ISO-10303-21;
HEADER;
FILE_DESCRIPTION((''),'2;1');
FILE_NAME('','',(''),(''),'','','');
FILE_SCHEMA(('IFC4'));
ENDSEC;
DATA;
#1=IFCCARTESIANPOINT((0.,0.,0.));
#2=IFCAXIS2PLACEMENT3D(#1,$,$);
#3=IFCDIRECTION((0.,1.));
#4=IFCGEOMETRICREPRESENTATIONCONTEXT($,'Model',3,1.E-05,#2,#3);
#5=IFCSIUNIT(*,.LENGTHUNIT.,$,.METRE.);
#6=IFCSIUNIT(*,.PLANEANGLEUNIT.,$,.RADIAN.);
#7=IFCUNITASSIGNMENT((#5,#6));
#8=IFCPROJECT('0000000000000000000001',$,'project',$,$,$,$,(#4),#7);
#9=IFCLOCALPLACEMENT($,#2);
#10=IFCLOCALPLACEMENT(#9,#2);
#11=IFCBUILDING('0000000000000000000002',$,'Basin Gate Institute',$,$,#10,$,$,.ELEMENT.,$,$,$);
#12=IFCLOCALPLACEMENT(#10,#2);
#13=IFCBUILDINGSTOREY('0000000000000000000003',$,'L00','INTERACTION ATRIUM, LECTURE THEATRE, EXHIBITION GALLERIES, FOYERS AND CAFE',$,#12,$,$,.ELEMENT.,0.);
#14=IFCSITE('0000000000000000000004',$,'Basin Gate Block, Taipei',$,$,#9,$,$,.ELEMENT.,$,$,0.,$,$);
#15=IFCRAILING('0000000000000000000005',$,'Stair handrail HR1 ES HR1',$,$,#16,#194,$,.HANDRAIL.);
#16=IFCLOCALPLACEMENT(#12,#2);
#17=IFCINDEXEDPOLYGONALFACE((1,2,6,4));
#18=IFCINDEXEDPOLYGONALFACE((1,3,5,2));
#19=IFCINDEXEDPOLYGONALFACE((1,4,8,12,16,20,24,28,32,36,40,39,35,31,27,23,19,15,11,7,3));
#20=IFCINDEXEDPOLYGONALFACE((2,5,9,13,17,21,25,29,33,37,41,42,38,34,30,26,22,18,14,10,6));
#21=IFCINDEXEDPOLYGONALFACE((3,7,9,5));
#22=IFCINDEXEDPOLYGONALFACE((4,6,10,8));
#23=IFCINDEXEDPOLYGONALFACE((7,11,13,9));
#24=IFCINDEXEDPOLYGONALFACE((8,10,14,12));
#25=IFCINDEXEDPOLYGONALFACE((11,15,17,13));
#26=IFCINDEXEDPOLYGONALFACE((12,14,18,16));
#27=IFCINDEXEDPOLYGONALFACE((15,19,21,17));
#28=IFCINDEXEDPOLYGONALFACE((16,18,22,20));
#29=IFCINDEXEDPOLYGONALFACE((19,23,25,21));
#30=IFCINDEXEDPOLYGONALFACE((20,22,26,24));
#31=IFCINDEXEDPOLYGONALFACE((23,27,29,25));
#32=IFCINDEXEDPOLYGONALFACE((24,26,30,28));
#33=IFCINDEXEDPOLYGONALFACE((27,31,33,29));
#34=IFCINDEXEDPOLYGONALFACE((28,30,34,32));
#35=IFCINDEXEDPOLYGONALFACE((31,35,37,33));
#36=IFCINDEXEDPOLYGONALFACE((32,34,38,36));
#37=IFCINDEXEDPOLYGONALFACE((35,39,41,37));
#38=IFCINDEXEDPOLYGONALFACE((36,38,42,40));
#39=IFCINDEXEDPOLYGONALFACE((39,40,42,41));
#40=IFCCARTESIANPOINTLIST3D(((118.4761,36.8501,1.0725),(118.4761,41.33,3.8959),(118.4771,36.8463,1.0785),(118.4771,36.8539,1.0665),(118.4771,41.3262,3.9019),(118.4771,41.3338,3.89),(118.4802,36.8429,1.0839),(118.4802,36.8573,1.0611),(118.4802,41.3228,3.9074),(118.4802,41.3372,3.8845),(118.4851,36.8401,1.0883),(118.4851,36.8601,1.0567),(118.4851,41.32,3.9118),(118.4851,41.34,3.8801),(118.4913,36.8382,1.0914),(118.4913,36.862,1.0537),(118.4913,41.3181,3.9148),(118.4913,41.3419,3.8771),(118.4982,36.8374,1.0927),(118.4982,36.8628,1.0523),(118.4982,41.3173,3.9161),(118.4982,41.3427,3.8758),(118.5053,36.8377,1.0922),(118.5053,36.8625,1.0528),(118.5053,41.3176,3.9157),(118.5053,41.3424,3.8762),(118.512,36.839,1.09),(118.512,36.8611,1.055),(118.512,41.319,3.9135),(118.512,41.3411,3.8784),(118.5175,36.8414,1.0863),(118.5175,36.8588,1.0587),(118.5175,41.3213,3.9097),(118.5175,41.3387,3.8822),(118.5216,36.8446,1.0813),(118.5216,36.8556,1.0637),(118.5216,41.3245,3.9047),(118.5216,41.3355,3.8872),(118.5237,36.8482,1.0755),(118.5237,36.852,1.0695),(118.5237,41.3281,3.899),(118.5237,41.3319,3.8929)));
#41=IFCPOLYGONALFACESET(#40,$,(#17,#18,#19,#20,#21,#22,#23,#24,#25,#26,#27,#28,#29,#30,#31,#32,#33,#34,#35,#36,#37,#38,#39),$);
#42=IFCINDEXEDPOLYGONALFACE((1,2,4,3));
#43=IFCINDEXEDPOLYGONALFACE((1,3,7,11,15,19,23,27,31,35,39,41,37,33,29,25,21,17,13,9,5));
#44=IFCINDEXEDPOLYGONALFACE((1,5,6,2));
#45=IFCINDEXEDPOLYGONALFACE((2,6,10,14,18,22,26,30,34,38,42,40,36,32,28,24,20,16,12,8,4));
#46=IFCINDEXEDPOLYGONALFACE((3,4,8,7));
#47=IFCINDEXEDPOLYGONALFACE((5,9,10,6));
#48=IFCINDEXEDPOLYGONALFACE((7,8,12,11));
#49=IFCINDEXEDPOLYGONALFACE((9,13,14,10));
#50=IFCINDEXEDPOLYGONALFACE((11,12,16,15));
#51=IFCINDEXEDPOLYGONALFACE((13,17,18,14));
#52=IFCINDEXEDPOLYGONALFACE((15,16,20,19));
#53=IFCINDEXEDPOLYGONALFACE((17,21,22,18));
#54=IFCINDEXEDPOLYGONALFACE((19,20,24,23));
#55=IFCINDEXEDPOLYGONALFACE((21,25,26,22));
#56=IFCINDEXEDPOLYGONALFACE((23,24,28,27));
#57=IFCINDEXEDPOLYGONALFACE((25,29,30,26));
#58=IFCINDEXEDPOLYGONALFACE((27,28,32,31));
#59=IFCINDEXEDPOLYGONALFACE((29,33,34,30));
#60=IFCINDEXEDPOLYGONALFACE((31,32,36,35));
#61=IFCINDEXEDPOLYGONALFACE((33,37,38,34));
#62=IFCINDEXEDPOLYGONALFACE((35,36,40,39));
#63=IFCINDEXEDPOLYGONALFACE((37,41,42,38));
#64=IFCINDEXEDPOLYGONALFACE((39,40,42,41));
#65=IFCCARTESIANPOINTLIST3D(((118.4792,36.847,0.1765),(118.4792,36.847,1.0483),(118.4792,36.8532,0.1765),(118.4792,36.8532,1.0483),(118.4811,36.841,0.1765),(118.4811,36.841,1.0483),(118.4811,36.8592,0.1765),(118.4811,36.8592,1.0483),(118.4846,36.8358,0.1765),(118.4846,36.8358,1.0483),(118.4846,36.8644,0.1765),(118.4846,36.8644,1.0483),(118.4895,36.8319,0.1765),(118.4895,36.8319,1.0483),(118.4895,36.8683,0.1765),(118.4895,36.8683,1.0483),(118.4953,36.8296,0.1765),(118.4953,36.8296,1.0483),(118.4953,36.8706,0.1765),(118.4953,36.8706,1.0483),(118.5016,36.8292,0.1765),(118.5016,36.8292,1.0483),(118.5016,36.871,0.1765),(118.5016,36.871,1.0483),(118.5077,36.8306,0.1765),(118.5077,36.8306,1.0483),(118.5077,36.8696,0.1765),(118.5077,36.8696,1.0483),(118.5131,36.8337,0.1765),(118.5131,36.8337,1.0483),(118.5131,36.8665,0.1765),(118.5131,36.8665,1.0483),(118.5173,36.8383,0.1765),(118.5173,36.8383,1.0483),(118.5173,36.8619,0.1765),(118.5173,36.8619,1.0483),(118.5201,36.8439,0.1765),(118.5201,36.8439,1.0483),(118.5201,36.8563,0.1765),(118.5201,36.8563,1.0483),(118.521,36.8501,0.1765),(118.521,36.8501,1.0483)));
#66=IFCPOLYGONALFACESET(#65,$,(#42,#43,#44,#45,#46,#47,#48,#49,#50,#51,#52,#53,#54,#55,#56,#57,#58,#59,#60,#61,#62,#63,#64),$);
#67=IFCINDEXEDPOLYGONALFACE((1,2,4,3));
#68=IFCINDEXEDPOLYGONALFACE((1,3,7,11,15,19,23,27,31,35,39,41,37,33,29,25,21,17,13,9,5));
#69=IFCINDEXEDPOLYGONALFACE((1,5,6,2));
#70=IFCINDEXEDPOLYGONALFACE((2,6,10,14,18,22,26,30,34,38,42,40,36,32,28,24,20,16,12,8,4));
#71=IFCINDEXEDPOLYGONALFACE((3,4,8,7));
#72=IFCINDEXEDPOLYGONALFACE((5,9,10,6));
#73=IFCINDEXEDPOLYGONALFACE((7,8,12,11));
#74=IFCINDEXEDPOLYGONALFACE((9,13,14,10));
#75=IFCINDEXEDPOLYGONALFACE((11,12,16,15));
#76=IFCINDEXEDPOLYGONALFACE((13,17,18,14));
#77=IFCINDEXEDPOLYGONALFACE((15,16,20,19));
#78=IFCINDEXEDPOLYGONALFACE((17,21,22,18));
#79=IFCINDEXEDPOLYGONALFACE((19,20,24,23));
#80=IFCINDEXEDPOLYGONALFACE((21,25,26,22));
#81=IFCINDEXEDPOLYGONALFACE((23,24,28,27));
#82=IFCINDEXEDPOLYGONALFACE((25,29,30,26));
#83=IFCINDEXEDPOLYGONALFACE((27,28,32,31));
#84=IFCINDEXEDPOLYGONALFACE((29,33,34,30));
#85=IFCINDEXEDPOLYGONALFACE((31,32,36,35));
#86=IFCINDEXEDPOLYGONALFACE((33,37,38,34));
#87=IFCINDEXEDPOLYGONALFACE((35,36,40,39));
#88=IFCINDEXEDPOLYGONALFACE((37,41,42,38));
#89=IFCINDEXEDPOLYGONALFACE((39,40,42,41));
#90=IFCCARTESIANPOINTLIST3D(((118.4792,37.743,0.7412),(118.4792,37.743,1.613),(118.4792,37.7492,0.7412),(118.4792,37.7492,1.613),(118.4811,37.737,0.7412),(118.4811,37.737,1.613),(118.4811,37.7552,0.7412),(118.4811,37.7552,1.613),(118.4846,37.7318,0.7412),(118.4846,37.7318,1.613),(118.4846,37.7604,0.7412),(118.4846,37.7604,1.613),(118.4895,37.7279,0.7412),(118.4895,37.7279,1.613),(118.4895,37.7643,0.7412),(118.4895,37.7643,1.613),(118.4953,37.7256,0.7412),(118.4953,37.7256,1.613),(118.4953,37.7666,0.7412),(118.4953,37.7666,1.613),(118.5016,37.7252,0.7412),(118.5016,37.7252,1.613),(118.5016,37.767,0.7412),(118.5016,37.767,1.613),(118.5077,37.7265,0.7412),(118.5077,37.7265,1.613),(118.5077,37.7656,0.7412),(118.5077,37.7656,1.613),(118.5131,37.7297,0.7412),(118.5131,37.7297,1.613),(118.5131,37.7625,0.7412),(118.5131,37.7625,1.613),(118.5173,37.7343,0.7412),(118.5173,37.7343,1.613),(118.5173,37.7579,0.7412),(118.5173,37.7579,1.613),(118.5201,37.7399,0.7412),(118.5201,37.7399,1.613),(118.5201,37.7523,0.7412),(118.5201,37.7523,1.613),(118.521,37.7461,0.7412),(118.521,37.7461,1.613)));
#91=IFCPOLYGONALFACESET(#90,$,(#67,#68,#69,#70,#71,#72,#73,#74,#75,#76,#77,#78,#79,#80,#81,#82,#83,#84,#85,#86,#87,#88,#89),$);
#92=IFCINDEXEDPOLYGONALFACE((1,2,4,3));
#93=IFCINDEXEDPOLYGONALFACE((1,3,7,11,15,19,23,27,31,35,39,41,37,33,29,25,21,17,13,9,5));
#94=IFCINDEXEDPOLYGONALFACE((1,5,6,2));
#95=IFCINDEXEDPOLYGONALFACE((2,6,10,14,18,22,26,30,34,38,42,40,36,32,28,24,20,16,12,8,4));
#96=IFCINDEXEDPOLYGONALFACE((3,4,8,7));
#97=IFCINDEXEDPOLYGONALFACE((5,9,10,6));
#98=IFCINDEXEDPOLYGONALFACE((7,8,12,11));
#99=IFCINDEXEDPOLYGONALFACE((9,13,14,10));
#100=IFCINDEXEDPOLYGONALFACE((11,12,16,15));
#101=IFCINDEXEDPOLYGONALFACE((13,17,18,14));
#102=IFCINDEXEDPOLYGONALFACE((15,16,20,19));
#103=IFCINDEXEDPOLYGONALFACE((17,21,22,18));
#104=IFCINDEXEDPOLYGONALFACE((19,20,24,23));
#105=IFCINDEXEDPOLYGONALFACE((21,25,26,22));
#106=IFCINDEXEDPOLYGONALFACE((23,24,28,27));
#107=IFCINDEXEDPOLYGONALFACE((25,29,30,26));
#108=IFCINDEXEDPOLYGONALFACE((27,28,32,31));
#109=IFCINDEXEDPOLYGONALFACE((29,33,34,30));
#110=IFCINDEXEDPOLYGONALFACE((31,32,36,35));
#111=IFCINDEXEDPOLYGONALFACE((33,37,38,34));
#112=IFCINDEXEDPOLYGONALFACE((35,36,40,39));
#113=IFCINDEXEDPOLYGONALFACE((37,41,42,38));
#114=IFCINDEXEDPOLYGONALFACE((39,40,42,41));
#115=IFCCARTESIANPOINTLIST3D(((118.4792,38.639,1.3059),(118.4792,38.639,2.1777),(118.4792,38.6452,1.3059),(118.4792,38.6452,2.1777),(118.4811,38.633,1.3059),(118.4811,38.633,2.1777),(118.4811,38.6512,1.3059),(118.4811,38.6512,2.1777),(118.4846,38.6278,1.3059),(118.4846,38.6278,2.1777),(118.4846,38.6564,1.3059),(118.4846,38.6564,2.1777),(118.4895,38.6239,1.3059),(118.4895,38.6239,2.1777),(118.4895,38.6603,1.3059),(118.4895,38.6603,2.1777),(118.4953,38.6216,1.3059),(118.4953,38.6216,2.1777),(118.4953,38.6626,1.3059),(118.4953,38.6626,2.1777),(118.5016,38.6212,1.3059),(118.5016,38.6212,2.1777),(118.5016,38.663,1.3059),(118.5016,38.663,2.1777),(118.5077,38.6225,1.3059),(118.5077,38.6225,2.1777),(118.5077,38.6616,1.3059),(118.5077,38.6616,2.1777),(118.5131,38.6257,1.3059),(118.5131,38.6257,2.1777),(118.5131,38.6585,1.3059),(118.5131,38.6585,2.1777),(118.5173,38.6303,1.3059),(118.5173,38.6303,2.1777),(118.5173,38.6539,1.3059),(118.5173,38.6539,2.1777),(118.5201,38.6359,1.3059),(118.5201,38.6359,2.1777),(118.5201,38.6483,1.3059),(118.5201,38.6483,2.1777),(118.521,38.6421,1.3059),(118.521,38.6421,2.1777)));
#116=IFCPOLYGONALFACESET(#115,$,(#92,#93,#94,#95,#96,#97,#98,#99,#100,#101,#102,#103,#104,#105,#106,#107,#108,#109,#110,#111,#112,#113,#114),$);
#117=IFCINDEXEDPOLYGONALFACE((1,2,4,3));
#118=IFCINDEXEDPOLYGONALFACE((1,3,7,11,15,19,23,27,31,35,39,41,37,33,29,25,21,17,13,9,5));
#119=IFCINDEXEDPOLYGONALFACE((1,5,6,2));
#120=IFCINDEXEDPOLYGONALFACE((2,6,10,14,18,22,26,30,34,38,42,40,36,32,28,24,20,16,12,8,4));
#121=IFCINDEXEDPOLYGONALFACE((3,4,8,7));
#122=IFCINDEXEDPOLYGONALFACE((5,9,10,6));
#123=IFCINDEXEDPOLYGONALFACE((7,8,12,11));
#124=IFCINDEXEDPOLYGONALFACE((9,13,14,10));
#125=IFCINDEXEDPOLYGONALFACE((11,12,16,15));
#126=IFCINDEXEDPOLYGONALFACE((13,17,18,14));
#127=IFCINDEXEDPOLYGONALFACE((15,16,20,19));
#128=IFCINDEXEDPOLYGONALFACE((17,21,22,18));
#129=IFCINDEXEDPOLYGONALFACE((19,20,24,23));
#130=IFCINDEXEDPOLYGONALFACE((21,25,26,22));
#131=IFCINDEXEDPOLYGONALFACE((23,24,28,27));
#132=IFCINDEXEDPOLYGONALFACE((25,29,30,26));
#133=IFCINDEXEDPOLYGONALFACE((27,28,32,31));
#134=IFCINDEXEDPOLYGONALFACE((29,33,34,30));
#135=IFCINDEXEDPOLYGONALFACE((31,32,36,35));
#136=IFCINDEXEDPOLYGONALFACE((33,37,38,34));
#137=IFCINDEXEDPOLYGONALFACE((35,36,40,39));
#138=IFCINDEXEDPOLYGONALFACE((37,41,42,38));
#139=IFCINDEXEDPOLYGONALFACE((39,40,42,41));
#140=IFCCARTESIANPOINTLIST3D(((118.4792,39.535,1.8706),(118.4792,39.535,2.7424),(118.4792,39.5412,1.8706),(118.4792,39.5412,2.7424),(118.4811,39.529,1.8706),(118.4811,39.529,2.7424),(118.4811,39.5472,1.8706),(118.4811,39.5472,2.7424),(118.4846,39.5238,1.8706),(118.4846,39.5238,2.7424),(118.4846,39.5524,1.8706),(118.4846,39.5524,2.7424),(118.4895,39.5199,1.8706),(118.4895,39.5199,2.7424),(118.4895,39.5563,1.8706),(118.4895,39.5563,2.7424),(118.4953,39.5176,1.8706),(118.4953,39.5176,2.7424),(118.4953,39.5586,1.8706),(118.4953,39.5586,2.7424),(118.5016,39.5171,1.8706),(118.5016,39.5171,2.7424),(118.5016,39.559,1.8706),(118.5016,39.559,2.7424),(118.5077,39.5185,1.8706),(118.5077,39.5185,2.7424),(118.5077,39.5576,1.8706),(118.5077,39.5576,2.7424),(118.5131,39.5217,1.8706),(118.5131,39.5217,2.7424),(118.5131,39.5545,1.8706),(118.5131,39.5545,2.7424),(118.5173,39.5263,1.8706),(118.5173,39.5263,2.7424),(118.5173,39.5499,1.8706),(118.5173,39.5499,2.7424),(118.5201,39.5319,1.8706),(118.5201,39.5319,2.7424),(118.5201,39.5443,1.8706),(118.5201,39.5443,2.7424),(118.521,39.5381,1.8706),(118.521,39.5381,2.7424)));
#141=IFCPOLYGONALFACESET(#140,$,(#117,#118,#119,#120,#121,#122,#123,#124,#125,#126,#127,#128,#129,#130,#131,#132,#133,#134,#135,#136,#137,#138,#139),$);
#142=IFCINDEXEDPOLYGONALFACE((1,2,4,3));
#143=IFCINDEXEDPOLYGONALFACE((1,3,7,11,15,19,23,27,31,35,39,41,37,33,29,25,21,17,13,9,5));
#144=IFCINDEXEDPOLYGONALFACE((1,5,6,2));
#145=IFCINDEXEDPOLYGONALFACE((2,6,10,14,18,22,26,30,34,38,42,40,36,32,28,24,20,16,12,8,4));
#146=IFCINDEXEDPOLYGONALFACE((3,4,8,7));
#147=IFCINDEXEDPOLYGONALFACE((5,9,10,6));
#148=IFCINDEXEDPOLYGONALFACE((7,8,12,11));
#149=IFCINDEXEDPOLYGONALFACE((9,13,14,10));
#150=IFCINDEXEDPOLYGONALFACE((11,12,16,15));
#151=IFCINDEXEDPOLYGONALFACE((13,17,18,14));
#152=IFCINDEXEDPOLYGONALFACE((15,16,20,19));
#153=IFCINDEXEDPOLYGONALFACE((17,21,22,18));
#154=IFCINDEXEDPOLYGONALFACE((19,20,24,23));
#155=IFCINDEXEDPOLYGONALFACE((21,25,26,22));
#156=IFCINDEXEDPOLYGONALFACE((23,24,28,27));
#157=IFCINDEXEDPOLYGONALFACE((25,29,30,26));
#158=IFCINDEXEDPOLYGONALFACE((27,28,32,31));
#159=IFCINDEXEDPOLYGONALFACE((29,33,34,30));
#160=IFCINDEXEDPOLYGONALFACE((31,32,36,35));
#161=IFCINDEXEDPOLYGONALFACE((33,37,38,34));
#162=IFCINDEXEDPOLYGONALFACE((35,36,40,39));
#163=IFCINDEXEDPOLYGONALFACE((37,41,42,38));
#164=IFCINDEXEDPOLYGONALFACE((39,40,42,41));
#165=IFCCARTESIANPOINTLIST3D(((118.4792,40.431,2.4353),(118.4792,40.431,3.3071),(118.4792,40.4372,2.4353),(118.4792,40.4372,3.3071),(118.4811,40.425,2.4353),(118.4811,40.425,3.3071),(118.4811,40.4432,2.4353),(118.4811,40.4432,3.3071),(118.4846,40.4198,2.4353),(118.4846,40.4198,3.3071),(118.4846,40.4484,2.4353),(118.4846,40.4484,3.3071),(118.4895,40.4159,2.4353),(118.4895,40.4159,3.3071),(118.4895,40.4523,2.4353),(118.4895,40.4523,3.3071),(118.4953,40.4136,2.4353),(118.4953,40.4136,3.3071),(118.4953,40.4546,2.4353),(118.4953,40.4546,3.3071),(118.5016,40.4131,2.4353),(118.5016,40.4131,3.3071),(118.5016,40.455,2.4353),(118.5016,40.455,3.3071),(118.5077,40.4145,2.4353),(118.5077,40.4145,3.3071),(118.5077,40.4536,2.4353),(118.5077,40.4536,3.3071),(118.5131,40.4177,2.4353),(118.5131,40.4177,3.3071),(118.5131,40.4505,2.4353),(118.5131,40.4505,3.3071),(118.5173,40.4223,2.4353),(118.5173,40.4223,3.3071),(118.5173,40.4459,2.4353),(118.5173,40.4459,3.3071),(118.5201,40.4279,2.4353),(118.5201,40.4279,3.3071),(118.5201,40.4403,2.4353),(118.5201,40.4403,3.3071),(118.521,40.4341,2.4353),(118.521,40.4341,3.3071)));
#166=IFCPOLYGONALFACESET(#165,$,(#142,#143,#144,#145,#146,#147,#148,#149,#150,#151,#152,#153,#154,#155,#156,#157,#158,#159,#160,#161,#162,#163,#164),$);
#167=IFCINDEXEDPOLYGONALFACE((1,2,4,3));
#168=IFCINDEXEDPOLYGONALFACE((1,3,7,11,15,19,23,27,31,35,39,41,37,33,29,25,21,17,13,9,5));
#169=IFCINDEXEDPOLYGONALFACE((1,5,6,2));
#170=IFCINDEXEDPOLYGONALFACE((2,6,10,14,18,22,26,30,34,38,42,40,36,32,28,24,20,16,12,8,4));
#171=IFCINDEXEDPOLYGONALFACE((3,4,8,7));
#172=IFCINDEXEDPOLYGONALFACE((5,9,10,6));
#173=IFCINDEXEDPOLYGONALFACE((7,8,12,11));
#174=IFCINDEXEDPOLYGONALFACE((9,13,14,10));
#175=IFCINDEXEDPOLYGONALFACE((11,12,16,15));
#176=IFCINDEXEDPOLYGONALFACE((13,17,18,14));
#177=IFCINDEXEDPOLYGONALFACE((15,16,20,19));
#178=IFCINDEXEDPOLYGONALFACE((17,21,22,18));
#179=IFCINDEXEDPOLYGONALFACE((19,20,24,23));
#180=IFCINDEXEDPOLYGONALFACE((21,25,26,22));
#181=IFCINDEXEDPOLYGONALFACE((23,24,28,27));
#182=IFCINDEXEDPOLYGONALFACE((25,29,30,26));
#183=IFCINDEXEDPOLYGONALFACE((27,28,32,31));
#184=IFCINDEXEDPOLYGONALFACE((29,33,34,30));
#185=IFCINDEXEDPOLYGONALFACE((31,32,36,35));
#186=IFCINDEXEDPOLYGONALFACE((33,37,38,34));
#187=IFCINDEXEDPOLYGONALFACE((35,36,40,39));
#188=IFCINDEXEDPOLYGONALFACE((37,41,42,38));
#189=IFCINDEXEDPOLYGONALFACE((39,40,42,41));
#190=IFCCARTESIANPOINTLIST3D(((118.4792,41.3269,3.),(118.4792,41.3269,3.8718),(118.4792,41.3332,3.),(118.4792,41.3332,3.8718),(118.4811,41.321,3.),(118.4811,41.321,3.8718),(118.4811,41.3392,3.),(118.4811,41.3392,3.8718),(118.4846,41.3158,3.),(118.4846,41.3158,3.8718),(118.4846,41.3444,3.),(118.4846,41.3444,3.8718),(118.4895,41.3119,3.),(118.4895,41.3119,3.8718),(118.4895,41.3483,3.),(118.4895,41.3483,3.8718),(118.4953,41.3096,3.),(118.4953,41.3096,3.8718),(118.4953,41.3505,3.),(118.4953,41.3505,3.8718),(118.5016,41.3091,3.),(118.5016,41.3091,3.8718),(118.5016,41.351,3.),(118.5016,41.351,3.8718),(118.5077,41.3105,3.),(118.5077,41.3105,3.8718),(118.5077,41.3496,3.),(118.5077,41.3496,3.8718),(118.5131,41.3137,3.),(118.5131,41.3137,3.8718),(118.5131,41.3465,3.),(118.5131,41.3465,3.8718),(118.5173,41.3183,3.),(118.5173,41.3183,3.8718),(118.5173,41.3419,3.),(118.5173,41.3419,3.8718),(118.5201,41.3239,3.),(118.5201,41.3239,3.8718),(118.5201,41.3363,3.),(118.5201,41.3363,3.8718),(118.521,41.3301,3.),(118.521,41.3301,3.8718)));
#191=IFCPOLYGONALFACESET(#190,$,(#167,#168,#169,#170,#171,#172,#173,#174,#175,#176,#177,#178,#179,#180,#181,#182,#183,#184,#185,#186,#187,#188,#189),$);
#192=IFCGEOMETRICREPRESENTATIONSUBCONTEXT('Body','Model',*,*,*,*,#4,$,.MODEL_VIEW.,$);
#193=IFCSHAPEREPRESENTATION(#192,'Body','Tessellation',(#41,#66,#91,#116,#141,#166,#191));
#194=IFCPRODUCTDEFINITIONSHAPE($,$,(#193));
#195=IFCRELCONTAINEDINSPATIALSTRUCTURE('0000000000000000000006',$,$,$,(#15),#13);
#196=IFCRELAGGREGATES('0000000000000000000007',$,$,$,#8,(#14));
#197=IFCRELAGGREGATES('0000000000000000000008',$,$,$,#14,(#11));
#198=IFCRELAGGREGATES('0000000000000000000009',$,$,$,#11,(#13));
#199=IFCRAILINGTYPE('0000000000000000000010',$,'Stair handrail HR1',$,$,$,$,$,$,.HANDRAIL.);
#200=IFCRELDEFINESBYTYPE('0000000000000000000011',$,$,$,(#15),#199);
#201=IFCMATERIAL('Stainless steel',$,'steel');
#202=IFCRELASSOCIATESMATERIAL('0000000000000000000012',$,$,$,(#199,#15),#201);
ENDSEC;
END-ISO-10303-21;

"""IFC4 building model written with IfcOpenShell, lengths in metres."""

from ifc_helpers import new_model, si_unit, direction, frame, origin, origin_2d, place, context, subcontext, project, spatial, circle, extrude, material, type_object, element, save


model = new_model("IFC4")

# Units and contexts
model_context = context("Model", 3, precision=1e-05, world=origin(), true_north=direction((0.0, 1.0)))
body_context = subcontext(model_context, "Body", "Model", "MODEL_VIEW")
ifc_project = project(units=[si_unit("LENGTHUNIT", "METRE"), si_unit("PLANEANGLEUNIT", "RADIAN")], contexts=[model_context])

# Site, building, storey
site_placement = place(None, origin())
site = spatial("IfcSite", under=ifc_project, at=site_placement, Name="Basin Gate Block, Taipei", CompositionType="ELEMENT", RefElevation=0.0)
building_placement = place(site_placement, origin())
building = spatial("IfcBuilding", under=site, at=building_placement, Name="Basin Gate Institute", CompositionType="ELEMENT")
storey_placement = place(building_placement, origin())
storey = spatial("IfcBuildingStorey", under=building, at=storey_placement, Name="L00", Description="INTERACTION ATRIUM, LECTURE THEATRE, EXHIBITION GALLERIES, FOYERS AND CAFE", CompositionType="ELEMENT", Elevation=0.0)

# Railing
ifc_material_1 = material(Name="Stainless steel", Category="steel")
railing_type_1 = type_object("IfcRailingType", Name="Stair handrail HR1", PredefinedType="HANDRAIL", material=ifc_material_1)
for number, where, name in (
    (1, (118.5, 36.8501, 0.1765), "Stair handrail HR1 ES HR1"),
):
    element("IfcRailing", number, at=place(storey_placement, frame(where)), inside=storey, type_object=railing_type_1, material=ifc_material_1, Name=name, PredefinedType="HANDRAIL", context=body_context, shape_type="SweptSolid", body=[
        extrude(circle(Radius=0.0239, at=origin_2d()), frame((0.0, 0.0, 0.896), z_axis=(0.0, 0.845998, 0.533186), x_axis=(-1.0, 0.0, 0.0)), (0.0, 0.0, 1.0), 5.2954),
        extrude(circle(Radius=0.021, at=origin_2d()), origin(), (0.0, 0.0, 1.0), 0.8718),
        extrude(circle(Radius=0.021, at=origin_2d()), frame((0.0, 0.896, 0.5647)), (0.0, 0.0, 1.0), 0.8718),
        extrude(circle(Radius=0.021, at=origin_2d()), frame((0.0, 1.792, 1.1294)), (0.0, 0.0, 1.0), 0.8718),
        extrude(circle(Radius=0.021, at=origin_2d()), frame((0.0, 2.688, 1.6941)), (0.0, 0.0, 1.0), 0.8718),
        extrude(circle(Radius=0.021, at=origin_2d()), frame((0.0, 3.584, 2.2588)), (0.0, 0.0, 1.0), 0.8718),
        extrude(circle(Radius=0.021, at=origin_2d()), frame((0.0, 4.48, 2.8235)), (0.0, 0.0, 1.0), 0.8718),
    ])

save(model, "model.ifc")
